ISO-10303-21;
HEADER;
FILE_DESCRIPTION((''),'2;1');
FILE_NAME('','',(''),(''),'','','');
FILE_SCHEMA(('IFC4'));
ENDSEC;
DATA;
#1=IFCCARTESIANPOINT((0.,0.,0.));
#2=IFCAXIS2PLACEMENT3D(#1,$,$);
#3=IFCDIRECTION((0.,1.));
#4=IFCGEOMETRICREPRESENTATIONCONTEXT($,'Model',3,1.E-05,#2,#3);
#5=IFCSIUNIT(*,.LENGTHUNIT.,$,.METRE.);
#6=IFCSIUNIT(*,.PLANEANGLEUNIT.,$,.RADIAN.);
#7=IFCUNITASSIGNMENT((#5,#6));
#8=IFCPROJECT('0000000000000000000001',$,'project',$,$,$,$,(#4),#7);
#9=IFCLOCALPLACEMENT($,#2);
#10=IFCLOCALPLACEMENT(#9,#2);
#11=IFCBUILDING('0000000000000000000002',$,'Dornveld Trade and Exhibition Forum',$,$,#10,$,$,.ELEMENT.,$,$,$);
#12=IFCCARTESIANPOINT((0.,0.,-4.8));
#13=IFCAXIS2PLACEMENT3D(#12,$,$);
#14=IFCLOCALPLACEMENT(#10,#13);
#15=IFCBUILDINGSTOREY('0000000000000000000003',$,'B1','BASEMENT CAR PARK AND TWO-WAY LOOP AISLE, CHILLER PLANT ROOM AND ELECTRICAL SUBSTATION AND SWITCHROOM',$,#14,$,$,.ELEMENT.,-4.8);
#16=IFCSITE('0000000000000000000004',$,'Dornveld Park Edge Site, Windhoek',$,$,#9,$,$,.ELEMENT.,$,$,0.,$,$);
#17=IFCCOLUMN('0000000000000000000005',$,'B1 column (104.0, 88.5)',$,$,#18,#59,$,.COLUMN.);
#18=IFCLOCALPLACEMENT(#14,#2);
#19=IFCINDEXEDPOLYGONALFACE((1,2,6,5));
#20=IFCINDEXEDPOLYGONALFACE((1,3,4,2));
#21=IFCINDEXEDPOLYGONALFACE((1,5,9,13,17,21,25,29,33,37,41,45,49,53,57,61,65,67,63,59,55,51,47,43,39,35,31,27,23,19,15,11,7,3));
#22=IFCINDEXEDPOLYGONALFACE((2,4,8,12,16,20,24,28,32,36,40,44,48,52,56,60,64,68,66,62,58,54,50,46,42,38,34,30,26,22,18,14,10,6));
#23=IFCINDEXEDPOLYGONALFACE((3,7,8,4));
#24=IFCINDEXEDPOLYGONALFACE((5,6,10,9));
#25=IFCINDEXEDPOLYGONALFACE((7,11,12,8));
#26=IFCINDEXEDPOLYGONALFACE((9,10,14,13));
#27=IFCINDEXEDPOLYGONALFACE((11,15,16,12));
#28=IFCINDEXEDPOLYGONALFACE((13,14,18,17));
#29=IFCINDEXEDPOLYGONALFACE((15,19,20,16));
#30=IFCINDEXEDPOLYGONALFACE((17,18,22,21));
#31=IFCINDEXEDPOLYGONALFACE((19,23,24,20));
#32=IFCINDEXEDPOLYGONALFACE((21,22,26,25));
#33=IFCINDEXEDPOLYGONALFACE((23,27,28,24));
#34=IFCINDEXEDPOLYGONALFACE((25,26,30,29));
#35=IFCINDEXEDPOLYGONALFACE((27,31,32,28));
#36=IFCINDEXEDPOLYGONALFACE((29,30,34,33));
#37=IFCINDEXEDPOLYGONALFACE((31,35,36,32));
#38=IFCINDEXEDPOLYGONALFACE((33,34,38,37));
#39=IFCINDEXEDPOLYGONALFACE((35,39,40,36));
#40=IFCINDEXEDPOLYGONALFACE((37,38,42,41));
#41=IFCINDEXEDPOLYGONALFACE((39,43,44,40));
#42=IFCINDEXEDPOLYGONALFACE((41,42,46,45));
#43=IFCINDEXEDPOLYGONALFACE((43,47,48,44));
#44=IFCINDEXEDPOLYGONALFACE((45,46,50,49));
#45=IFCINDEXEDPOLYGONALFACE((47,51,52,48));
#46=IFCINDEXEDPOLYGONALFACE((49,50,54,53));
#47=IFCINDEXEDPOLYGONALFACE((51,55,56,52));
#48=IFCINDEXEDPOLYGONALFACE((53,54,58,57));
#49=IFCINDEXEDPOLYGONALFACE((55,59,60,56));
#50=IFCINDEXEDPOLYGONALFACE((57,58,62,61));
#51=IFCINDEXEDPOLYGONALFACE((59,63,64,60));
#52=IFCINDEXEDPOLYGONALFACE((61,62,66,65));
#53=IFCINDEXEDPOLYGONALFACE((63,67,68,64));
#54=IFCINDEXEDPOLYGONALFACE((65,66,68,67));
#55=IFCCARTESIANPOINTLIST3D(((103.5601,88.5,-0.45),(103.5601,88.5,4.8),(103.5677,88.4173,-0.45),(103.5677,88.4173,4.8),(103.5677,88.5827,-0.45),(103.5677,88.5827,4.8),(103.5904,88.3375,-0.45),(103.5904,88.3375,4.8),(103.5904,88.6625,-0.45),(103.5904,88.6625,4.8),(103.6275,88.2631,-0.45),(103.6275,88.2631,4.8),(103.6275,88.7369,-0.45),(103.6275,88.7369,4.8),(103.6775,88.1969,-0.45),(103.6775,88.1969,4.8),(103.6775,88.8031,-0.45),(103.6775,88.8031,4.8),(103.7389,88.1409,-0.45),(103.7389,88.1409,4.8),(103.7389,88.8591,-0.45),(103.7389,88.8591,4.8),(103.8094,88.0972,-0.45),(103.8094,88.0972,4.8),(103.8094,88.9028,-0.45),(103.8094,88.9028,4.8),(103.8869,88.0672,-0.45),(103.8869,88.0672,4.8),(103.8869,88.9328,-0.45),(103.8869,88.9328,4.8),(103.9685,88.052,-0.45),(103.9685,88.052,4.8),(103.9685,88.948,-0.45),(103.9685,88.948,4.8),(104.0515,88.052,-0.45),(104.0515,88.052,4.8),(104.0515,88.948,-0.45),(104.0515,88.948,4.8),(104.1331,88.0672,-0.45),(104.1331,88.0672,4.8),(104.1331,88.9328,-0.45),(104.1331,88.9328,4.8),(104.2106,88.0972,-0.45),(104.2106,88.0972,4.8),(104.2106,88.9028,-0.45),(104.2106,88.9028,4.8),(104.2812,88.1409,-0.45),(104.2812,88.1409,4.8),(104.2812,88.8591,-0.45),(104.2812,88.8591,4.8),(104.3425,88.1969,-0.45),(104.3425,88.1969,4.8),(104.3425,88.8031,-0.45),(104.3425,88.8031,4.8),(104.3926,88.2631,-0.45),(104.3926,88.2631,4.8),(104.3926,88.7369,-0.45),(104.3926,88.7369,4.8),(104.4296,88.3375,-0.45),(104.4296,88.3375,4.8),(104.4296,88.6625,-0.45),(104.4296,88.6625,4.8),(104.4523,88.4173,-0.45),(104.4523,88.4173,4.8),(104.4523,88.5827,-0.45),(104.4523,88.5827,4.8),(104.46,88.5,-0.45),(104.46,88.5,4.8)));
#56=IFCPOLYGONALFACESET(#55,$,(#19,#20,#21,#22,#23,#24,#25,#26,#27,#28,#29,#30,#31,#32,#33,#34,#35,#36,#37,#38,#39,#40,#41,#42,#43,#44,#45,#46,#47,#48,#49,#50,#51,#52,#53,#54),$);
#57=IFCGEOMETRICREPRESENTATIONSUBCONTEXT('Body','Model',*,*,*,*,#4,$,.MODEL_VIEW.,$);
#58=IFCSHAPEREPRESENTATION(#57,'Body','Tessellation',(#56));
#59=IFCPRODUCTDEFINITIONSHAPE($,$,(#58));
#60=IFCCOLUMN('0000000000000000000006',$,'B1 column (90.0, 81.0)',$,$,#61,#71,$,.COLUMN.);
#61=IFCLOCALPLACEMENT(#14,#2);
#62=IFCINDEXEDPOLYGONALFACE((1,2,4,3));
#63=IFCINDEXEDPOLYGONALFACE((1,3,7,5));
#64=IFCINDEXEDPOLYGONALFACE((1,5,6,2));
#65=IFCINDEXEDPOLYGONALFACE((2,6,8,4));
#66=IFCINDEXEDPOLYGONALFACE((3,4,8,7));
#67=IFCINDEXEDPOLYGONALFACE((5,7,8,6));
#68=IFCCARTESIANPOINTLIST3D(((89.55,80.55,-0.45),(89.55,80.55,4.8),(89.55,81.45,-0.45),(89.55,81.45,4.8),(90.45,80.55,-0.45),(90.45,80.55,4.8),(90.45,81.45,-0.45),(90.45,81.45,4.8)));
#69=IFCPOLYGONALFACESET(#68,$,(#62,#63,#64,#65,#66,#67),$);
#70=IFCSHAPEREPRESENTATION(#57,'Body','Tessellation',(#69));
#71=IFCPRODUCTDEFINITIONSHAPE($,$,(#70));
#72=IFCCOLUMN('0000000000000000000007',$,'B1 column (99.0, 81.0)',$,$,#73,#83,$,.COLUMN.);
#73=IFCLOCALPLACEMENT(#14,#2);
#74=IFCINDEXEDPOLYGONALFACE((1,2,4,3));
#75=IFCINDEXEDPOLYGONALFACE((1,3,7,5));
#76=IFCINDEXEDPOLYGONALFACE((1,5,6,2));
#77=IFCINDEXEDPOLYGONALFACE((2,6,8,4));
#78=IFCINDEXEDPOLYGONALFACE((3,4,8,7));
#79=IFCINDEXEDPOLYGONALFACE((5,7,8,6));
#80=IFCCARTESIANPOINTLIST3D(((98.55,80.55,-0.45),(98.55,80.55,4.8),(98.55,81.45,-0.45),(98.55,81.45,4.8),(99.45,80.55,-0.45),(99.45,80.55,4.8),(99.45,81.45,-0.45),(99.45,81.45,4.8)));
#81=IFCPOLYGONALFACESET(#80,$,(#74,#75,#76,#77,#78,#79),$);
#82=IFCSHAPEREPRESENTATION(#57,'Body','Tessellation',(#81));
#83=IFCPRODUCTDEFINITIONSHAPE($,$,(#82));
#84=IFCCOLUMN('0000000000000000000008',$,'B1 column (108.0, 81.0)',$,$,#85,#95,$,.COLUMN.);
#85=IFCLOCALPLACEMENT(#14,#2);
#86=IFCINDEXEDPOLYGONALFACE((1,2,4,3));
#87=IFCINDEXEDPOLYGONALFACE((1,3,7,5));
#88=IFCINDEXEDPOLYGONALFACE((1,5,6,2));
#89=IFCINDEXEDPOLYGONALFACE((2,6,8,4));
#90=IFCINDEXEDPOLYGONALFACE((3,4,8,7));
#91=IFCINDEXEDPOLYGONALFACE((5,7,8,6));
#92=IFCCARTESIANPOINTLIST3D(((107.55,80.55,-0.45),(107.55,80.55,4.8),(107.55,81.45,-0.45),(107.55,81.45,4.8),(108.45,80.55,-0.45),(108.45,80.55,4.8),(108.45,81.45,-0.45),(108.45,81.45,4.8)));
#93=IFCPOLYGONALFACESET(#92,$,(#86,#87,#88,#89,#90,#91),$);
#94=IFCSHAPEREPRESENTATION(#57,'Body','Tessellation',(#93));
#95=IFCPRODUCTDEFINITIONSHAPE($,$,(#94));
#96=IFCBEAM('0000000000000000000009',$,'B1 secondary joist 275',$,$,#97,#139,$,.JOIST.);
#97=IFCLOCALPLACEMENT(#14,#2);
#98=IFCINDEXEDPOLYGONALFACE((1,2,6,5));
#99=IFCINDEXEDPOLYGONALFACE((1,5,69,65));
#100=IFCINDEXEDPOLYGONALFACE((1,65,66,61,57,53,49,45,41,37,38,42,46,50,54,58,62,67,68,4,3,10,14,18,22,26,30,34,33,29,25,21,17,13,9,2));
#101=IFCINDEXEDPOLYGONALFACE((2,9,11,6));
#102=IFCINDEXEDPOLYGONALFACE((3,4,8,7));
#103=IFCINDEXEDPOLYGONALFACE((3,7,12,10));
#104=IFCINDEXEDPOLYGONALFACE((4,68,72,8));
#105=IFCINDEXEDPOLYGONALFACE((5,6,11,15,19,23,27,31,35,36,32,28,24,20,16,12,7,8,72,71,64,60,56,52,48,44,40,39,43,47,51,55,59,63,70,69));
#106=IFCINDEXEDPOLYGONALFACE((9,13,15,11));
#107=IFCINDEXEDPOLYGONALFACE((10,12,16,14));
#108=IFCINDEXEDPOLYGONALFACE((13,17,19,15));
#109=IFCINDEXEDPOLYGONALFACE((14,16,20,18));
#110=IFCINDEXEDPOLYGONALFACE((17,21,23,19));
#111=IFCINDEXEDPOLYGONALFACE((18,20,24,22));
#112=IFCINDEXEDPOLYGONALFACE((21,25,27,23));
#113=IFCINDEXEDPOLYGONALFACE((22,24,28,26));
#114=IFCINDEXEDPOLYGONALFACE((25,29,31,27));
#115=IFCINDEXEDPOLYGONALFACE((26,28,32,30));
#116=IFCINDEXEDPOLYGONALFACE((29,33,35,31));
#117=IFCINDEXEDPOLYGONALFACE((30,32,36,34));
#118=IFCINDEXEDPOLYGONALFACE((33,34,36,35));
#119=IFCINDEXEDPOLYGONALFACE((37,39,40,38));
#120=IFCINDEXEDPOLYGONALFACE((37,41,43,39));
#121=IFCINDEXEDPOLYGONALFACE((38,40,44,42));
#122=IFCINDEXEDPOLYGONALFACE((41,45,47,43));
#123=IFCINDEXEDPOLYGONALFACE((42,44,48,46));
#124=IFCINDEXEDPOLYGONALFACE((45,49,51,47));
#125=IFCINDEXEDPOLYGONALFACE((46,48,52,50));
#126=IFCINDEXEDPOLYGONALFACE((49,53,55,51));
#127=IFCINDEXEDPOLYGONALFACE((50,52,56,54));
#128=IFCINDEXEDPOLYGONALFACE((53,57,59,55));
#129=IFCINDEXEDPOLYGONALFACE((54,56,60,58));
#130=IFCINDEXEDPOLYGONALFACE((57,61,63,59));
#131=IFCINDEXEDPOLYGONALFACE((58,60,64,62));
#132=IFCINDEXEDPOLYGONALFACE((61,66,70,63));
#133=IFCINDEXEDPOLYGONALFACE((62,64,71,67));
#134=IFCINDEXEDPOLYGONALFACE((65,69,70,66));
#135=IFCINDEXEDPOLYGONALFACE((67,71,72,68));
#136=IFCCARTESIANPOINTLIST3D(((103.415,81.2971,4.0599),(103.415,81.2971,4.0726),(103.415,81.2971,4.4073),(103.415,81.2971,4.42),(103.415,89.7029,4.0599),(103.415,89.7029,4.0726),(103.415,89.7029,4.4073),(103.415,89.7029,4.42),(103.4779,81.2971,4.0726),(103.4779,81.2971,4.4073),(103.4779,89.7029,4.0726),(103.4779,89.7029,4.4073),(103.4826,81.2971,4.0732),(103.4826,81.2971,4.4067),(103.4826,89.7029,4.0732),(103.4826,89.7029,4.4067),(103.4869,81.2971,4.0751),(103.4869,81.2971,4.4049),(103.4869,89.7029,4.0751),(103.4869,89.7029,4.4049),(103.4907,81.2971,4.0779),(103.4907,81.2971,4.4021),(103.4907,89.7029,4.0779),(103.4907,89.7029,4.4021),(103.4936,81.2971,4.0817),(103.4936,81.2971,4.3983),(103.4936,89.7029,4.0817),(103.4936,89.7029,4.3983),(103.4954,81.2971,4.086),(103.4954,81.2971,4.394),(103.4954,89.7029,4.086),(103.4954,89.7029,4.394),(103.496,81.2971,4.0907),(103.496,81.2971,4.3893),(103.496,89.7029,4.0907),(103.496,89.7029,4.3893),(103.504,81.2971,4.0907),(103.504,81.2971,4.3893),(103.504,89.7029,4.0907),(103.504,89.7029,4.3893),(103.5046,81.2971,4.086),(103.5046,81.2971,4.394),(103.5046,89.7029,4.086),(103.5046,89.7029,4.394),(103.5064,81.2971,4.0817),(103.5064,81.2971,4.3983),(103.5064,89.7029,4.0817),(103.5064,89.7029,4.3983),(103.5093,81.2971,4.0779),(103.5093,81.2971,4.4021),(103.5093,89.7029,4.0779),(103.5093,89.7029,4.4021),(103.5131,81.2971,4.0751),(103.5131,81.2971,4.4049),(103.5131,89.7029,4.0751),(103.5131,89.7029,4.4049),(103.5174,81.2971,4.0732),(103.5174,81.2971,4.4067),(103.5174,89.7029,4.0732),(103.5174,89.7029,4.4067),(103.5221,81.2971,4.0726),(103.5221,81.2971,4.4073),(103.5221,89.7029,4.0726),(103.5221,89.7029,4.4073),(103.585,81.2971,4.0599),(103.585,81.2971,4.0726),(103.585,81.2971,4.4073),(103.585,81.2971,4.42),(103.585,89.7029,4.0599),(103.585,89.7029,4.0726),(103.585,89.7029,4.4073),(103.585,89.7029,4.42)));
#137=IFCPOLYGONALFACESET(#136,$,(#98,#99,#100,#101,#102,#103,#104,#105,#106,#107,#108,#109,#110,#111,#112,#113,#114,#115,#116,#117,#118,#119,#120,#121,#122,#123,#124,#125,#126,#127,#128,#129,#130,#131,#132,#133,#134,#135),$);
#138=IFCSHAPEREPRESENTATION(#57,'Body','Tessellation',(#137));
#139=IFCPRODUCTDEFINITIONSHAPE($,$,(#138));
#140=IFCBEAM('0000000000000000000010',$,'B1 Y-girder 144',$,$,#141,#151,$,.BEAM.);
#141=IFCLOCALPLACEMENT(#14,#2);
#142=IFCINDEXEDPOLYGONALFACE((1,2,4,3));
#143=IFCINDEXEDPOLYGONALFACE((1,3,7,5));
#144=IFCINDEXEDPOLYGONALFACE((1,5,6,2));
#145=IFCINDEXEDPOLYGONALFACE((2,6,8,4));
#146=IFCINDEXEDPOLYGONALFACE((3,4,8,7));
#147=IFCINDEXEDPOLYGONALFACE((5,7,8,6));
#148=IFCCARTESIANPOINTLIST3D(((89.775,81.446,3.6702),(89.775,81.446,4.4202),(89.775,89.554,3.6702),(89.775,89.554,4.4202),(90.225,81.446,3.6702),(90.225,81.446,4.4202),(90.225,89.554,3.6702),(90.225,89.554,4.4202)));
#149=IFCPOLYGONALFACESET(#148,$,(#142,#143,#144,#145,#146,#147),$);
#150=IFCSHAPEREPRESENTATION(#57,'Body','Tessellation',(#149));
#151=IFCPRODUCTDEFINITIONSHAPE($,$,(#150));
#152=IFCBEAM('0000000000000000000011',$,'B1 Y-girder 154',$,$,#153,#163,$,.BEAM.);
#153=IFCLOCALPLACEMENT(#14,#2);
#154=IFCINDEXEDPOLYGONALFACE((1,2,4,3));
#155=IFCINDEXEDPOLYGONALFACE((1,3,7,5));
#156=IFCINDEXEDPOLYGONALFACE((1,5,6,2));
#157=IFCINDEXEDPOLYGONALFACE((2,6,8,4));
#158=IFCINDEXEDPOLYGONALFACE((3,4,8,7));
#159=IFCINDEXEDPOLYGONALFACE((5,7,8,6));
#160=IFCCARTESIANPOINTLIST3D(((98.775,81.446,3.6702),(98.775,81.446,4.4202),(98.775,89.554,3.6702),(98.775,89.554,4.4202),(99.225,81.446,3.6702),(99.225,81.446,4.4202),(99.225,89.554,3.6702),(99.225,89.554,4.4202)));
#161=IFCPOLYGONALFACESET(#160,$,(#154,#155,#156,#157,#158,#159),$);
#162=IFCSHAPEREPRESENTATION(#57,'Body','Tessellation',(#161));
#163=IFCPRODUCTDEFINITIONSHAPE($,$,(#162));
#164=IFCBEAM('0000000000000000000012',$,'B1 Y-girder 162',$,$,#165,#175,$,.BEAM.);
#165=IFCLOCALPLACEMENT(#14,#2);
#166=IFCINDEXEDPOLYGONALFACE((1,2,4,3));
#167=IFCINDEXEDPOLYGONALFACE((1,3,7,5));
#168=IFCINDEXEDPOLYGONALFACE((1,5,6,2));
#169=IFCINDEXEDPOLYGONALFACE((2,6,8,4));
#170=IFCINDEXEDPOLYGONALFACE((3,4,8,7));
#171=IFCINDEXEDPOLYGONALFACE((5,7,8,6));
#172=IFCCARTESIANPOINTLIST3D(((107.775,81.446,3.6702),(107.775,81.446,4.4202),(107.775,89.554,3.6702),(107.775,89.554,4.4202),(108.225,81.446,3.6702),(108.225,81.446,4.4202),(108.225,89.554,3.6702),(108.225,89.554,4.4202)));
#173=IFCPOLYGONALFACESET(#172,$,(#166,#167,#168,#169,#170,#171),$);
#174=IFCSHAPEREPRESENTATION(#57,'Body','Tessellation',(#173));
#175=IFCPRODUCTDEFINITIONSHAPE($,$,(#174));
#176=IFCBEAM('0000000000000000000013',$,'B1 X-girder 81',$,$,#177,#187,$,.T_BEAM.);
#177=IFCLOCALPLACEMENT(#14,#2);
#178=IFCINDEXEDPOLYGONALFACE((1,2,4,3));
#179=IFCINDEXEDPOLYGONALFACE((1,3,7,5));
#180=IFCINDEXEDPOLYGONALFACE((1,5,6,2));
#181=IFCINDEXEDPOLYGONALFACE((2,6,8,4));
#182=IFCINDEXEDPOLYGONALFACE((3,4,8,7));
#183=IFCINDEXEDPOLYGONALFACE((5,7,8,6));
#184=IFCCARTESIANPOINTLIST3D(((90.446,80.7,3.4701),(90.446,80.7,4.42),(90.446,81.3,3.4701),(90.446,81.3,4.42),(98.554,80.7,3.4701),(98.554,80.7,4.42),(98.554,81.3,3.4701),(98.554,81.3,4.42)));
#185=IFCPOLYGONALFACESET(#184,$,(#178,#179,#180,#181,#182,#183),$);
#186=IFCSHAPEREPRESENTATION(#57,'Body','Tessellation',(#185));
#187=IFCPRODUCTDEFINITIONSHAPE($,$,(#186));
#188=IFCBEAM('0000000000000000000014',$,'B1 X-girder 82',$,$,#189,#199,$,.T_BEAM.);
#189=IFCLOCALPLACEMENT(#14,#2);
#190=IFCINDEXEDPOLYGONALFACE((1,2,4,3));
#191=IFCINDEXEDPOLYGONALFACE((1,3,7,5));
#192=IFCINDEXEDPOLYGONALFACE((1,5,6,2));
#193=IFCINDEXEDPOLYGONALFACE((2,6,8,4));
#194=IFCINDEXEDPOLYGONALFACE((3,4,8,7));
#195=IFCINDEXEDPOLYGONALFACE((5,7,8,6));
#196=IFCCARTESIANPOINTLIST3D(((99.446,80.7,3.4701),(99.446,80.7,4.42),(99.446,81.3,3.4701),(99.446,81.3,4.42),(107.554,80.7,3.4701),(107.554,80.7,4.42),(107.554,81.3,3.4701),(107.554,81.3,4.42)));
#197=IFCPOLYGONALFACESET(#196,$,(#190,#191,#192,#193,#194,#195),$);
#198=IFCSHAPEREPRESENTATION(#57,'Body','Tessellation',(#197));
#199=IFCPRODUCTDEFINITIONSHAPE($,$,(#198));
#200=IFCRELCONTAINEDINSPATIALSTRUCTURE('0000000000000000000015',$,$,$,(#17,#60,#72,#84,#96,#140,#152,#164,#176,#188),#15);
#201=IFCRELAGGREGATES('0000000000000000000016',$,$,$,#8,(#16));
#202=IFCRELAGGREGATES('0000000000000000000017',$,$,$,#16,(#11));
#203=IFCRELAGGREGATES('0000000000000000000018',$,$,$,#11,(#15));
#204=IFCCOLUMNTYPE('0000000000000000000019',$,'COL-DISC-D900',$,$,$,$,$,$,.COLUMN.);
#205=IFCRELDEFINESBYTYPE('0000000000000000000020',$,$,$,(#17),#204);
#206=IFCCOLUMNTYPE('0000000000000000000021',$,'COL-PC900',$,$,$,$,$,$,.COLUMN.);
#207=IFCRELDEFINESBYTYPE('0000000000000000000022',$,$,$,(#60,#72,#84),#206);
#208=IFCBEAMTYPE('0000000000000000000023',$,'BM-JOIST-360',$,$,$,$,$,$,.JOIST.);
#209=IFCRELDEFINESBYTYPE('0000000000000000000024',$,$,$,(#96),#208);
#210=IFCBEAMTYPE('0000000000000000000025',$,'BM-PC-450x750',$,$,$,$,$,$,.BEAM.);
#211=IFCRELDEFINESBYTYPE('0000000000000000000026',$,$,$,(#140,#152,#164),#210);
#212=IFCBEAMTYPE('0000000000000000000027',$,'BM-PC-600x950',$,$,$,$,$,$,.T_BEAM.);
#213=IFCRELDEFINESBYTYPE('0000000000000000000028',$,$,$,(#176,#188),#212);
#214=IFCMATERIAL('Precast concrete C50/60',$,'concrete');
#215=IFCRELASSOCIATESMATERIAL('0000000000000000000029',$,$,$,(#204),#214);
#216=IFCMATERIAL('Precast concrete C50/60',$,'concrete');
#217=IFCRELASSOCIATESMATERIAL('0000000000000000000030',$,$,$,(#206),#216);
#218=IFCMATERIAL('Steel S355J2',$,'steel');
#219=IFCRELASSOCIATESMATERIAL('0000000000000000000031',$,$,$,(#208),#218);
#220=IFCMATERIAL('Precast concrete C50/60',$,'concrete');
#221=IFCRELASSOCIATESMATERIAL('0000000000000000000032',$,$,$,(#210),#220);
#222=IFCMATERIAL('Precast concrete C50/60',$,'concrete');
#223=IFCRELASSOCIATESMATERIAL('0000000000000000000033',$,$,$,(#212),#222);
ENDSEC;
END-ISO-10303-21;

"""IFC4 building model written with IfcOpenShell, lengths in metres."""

from ifc_helpers import new_model, si_unit, direction, frame, origin, origin_2d, place, context, subcontext, project, spatial, rectangle, circle, i_section, extrude, material, material_profile, profile_set, type_object, element, save


model = new_model("IFC4")

# Units and contexts
model_context = context("Model", 3, precision=1e-05, world=origin(), true_north=direction((0.0, 1.0)))
body_context = subcontext(model_context, "Body", "Model", "MODEL_VIEW")
ifc_project = project(units=[si_unit("LENGTHUNIT", "METRE"), si_unit("PLANEANGLEUNIT", "RADIAN")], contexts=[model_context])

# Site, building, storey
site_placement = place(None, origin())
site = spatial("IfcSite", under=ifc_project, at=site_placement, Name="Dornveld Park Edge Site, Windhoek", CompositionType="ELEMENT", RefElevation=0.0)
building_placement = place(site_placement, origin())
building = spatial("IfcBuilding", under=site, at=building_placement, Name="Dornveld Trade and Exhibition Forum", CompositionType="ELEMENT")
storey_placement = place(building_placement, frame((0.0, 0.0, -4.8)))
storey = spatial("IfcBuildingStorey", under=building, at=storey_placement, Name="B1", Description="BASEMENT CAR PARK AND TWO-WAY LOOP AISLE, CHILLER PLANT ROOM AND ELECTRICAL SUBSTATION AND SWITCHROOM", CompositionType="ELEMENT", Elevation=-4.8)

# Columns
ifc_material_1 = material(Name="Precast concrete C50/60", Category="concrete")
ifc_material_profile_1 = material_profile(ifc_material_1, circle(Radius=0.45, at=origin_2d()), Name="PC-COL D900")
ifc_profile_set_1 = profile_set([ifc_material_profile_1], Name="Precast concrete C50/60")
column_type_1 = type_object("IfcColumnType", Name="COL-DISC-D900", PredefinedType="COLUMN", material=ifc_profile_set_1)
for number, where, z_axis, x_axis, name in (
    (1, (104.01, 88.5, -0.45), (0.0, 0.0, 1.0), (1.0, 0.0, 0.0), "B1 column (104.0, 88.5)"),
):
    element("IfcColumn", number, at=place(storey_placement, frame(where, z_axis=z_axis, x_axis=x_axis)), inside=storey, type_object=column_type_1, Name=name, PredefinedType="COLUMN", context=body_context, shape_type="SweptSolid", body=[
        extrude(circle(Radius=0.45, at=origin_2d()), origin(), (0.0, 0.0, 1.0), 5.25),
    ])
ifc_material_2 = material(Name="Precast concrete C50/60", Category="concrete")
ifc_material_profile_2 = material_profile(ifc_material_2, rectangle(XDim=0.8999, YDim=0.8999, at=origin_2d()), Name="PC-COL 900x900")
ifc_profile_set_2 = profile_set([ifc_material_profile_2], Name="Precast concrete C50/60")
column_type_2 = type_object("IfcColumnType", Name="COL-PC900", PredefinedType="COLUMN", material=ifc_profile_set_2)
for number, where, z_axis, x_axis, name in (
    (2, (90.0, 81.0, -0.45), (0.0, 0.0, 1.0), (1.0, 0.0, 0.0), "B1 column (90.0, 81.0)"),
    (3, (99.0, 81.0, -0.45), (0.0, 0.0, 1.0), (1.0, 0.0, 0.0), "B1 column (99.0, 81.0)"),
    (4, (108.0, 81.0, -0.45), (0.0, 0.0, 1.0), (1.0, 0.0, 0.0), "B1 column (108.0, 81.0)"),
):
    element("IfcColumn", number, at=place(storey_placement, frame(where, z_axis=z_axis, x_axis=x_axis)), inside=storey, type_object=column_type_2, Name=name, PredefinedType="COLUMN", context=body_context, shape_type="SweptSolid", body=[
        extrude(rectangle(XDim=0.8999, YDim=0.8999, at=origin_2d()), origin(), (0.0, 0.0, 1.0), 5.25),
    ])

# Beams
ifc_material_3 = material(Name="Steel S355J2", Category="steel")
ifc_material_profile_3 = material_profile(ifc_material_3, i_section(OverallWidth=0.1699, OverallDepth=0.3601, WebThickness=0.0081, FlangeThickness=0.0127, FilletRadius=0.0181, at=origin_2d()), Name="IPE 360")
ifc_profile_set_3 = profile_set([ifc_material_profile_3], Name="Steel S355J2")
beam_type_1 = type_object("IfcBeamType", Name="BM-JOIST-360", PredefinedType="JOIST", material=ifc_profile_set_3)
beam_placement = place(storey_placement, frame((103.5, 81.2971, 4.24), z_axis=(0.0, 1.0, 0.0), x_axis=(-1.0, 0.0, 0.0)))
element("IfcBeam", 5, at=beam_placement, inside=storey, type_object=beam_type_1, Name="B1 secondary joist 275", PredefinedType="JOIST", context=body_context, shape_type="SweptSolid", body=[
    extrude(i_section(OverallWidth=0.1699, OverallDepth=0.3601, WebThickness=0.0081, FlangeThickness=0.0127, FilletRadius=0.0181, at=origin_2d()), origin(), (0.0, 0.0, 1.0), 8.4058),
])
ifc_material_4 = material(Name="Precast concrete C50/60", Category="concrete")
ifc_material_profile_4 = material_profile(ifc_material_4, rectangle(XDim=0.45, YDim=0.75, at=origin_2d()), Name="PC-BM 450x750")
ifc_profile_set_4 = profile_set([ifc_material_profile_4], Name="Precast concrete C50/60")
beam_type_2 = type_object("IfcBeamType", Name="BM-PC-450x750", PredefinedType="BEAM", material=ifc_profile_set_4)
for number, where, z_axis, x_axis, name in (
    (6, (90.0, 81.446, 4.0452), (0.0, 1.0, 0.0), (-1.0, 0.0, 0.0), "B1 Y-girder 144"),
    (7, (99.0, 81.446, 4.0452), (0.0, 1.0, 0.0), (-1.0, 0.0, 0.0), "B1 Y-girder 154"),
    (8, (108.0, 81.446, 4.0452), (0.0, 1.0, 0.0), (-1.0, 0.0, 0.0), "B1 Y-girder 162"),
):
    element("IfcBeam", number, at=place(storey_placement, frame(where, z_axis=z_axis, x_axis=x_axis)), inside=storey, type_object=beam_type_2, Name=name, PredefinedType="BEAM", context=body_context, shape_type="SweptSolid", body=[
        extrude(rectangle(XDim=0.45, YDim=0.75, at=origin_2d()), origin(), (0.0, 0.0, 1.0), 8.1079),
    ])
ifc_material_5 = material(Name="Precast concrete C50/60", Category="concrete")
ifc_material_profile_5 = material_profile(ifc_material_5, rectangle(XDim=0.6001, YDim=0.95, at=origin_2d()), Name="PC-GIR 600x950")
ifc_profile_set_5 = profile_set([ifc_material_profile_5], Name="Precast concrete C50/60")
beam_type_3 = type_object("IfcBeamType", Name="BM-PC-600x950", PredefinedType="T_BEAM", material=ifc_profile_set_5)
for number, where, z_axis, x_axis, name in (
    (9, (90.446, 81.0, 3.9451), (1.0, 0.0, 0.0), (0.0, 1.0, 0.0), "B1 X-girder 81"),
    (10, (99.446, 81.0, 3.9451), (1.0, 0.0, 0.0), (0.0, 1.0, 0.0), "B1 X-girder 82"),
):
    element("IfcBeam", number, at=place(storey_placement, frame(where, z_axis=z_axis, x_axis=x_axis)), inside=storey, type_object=beam_type_3, Name=name, PredefinedType="T_BEAM", context=body_context, shape_type="SweptSolid", body=[
        extrude(rectangle(XDim=0.6001, YDim=0.95, at=origin_2d()), origin(), (0.0, 0.0, 1.0), 8.1079),
    ])

save(model, "model.ifc")
